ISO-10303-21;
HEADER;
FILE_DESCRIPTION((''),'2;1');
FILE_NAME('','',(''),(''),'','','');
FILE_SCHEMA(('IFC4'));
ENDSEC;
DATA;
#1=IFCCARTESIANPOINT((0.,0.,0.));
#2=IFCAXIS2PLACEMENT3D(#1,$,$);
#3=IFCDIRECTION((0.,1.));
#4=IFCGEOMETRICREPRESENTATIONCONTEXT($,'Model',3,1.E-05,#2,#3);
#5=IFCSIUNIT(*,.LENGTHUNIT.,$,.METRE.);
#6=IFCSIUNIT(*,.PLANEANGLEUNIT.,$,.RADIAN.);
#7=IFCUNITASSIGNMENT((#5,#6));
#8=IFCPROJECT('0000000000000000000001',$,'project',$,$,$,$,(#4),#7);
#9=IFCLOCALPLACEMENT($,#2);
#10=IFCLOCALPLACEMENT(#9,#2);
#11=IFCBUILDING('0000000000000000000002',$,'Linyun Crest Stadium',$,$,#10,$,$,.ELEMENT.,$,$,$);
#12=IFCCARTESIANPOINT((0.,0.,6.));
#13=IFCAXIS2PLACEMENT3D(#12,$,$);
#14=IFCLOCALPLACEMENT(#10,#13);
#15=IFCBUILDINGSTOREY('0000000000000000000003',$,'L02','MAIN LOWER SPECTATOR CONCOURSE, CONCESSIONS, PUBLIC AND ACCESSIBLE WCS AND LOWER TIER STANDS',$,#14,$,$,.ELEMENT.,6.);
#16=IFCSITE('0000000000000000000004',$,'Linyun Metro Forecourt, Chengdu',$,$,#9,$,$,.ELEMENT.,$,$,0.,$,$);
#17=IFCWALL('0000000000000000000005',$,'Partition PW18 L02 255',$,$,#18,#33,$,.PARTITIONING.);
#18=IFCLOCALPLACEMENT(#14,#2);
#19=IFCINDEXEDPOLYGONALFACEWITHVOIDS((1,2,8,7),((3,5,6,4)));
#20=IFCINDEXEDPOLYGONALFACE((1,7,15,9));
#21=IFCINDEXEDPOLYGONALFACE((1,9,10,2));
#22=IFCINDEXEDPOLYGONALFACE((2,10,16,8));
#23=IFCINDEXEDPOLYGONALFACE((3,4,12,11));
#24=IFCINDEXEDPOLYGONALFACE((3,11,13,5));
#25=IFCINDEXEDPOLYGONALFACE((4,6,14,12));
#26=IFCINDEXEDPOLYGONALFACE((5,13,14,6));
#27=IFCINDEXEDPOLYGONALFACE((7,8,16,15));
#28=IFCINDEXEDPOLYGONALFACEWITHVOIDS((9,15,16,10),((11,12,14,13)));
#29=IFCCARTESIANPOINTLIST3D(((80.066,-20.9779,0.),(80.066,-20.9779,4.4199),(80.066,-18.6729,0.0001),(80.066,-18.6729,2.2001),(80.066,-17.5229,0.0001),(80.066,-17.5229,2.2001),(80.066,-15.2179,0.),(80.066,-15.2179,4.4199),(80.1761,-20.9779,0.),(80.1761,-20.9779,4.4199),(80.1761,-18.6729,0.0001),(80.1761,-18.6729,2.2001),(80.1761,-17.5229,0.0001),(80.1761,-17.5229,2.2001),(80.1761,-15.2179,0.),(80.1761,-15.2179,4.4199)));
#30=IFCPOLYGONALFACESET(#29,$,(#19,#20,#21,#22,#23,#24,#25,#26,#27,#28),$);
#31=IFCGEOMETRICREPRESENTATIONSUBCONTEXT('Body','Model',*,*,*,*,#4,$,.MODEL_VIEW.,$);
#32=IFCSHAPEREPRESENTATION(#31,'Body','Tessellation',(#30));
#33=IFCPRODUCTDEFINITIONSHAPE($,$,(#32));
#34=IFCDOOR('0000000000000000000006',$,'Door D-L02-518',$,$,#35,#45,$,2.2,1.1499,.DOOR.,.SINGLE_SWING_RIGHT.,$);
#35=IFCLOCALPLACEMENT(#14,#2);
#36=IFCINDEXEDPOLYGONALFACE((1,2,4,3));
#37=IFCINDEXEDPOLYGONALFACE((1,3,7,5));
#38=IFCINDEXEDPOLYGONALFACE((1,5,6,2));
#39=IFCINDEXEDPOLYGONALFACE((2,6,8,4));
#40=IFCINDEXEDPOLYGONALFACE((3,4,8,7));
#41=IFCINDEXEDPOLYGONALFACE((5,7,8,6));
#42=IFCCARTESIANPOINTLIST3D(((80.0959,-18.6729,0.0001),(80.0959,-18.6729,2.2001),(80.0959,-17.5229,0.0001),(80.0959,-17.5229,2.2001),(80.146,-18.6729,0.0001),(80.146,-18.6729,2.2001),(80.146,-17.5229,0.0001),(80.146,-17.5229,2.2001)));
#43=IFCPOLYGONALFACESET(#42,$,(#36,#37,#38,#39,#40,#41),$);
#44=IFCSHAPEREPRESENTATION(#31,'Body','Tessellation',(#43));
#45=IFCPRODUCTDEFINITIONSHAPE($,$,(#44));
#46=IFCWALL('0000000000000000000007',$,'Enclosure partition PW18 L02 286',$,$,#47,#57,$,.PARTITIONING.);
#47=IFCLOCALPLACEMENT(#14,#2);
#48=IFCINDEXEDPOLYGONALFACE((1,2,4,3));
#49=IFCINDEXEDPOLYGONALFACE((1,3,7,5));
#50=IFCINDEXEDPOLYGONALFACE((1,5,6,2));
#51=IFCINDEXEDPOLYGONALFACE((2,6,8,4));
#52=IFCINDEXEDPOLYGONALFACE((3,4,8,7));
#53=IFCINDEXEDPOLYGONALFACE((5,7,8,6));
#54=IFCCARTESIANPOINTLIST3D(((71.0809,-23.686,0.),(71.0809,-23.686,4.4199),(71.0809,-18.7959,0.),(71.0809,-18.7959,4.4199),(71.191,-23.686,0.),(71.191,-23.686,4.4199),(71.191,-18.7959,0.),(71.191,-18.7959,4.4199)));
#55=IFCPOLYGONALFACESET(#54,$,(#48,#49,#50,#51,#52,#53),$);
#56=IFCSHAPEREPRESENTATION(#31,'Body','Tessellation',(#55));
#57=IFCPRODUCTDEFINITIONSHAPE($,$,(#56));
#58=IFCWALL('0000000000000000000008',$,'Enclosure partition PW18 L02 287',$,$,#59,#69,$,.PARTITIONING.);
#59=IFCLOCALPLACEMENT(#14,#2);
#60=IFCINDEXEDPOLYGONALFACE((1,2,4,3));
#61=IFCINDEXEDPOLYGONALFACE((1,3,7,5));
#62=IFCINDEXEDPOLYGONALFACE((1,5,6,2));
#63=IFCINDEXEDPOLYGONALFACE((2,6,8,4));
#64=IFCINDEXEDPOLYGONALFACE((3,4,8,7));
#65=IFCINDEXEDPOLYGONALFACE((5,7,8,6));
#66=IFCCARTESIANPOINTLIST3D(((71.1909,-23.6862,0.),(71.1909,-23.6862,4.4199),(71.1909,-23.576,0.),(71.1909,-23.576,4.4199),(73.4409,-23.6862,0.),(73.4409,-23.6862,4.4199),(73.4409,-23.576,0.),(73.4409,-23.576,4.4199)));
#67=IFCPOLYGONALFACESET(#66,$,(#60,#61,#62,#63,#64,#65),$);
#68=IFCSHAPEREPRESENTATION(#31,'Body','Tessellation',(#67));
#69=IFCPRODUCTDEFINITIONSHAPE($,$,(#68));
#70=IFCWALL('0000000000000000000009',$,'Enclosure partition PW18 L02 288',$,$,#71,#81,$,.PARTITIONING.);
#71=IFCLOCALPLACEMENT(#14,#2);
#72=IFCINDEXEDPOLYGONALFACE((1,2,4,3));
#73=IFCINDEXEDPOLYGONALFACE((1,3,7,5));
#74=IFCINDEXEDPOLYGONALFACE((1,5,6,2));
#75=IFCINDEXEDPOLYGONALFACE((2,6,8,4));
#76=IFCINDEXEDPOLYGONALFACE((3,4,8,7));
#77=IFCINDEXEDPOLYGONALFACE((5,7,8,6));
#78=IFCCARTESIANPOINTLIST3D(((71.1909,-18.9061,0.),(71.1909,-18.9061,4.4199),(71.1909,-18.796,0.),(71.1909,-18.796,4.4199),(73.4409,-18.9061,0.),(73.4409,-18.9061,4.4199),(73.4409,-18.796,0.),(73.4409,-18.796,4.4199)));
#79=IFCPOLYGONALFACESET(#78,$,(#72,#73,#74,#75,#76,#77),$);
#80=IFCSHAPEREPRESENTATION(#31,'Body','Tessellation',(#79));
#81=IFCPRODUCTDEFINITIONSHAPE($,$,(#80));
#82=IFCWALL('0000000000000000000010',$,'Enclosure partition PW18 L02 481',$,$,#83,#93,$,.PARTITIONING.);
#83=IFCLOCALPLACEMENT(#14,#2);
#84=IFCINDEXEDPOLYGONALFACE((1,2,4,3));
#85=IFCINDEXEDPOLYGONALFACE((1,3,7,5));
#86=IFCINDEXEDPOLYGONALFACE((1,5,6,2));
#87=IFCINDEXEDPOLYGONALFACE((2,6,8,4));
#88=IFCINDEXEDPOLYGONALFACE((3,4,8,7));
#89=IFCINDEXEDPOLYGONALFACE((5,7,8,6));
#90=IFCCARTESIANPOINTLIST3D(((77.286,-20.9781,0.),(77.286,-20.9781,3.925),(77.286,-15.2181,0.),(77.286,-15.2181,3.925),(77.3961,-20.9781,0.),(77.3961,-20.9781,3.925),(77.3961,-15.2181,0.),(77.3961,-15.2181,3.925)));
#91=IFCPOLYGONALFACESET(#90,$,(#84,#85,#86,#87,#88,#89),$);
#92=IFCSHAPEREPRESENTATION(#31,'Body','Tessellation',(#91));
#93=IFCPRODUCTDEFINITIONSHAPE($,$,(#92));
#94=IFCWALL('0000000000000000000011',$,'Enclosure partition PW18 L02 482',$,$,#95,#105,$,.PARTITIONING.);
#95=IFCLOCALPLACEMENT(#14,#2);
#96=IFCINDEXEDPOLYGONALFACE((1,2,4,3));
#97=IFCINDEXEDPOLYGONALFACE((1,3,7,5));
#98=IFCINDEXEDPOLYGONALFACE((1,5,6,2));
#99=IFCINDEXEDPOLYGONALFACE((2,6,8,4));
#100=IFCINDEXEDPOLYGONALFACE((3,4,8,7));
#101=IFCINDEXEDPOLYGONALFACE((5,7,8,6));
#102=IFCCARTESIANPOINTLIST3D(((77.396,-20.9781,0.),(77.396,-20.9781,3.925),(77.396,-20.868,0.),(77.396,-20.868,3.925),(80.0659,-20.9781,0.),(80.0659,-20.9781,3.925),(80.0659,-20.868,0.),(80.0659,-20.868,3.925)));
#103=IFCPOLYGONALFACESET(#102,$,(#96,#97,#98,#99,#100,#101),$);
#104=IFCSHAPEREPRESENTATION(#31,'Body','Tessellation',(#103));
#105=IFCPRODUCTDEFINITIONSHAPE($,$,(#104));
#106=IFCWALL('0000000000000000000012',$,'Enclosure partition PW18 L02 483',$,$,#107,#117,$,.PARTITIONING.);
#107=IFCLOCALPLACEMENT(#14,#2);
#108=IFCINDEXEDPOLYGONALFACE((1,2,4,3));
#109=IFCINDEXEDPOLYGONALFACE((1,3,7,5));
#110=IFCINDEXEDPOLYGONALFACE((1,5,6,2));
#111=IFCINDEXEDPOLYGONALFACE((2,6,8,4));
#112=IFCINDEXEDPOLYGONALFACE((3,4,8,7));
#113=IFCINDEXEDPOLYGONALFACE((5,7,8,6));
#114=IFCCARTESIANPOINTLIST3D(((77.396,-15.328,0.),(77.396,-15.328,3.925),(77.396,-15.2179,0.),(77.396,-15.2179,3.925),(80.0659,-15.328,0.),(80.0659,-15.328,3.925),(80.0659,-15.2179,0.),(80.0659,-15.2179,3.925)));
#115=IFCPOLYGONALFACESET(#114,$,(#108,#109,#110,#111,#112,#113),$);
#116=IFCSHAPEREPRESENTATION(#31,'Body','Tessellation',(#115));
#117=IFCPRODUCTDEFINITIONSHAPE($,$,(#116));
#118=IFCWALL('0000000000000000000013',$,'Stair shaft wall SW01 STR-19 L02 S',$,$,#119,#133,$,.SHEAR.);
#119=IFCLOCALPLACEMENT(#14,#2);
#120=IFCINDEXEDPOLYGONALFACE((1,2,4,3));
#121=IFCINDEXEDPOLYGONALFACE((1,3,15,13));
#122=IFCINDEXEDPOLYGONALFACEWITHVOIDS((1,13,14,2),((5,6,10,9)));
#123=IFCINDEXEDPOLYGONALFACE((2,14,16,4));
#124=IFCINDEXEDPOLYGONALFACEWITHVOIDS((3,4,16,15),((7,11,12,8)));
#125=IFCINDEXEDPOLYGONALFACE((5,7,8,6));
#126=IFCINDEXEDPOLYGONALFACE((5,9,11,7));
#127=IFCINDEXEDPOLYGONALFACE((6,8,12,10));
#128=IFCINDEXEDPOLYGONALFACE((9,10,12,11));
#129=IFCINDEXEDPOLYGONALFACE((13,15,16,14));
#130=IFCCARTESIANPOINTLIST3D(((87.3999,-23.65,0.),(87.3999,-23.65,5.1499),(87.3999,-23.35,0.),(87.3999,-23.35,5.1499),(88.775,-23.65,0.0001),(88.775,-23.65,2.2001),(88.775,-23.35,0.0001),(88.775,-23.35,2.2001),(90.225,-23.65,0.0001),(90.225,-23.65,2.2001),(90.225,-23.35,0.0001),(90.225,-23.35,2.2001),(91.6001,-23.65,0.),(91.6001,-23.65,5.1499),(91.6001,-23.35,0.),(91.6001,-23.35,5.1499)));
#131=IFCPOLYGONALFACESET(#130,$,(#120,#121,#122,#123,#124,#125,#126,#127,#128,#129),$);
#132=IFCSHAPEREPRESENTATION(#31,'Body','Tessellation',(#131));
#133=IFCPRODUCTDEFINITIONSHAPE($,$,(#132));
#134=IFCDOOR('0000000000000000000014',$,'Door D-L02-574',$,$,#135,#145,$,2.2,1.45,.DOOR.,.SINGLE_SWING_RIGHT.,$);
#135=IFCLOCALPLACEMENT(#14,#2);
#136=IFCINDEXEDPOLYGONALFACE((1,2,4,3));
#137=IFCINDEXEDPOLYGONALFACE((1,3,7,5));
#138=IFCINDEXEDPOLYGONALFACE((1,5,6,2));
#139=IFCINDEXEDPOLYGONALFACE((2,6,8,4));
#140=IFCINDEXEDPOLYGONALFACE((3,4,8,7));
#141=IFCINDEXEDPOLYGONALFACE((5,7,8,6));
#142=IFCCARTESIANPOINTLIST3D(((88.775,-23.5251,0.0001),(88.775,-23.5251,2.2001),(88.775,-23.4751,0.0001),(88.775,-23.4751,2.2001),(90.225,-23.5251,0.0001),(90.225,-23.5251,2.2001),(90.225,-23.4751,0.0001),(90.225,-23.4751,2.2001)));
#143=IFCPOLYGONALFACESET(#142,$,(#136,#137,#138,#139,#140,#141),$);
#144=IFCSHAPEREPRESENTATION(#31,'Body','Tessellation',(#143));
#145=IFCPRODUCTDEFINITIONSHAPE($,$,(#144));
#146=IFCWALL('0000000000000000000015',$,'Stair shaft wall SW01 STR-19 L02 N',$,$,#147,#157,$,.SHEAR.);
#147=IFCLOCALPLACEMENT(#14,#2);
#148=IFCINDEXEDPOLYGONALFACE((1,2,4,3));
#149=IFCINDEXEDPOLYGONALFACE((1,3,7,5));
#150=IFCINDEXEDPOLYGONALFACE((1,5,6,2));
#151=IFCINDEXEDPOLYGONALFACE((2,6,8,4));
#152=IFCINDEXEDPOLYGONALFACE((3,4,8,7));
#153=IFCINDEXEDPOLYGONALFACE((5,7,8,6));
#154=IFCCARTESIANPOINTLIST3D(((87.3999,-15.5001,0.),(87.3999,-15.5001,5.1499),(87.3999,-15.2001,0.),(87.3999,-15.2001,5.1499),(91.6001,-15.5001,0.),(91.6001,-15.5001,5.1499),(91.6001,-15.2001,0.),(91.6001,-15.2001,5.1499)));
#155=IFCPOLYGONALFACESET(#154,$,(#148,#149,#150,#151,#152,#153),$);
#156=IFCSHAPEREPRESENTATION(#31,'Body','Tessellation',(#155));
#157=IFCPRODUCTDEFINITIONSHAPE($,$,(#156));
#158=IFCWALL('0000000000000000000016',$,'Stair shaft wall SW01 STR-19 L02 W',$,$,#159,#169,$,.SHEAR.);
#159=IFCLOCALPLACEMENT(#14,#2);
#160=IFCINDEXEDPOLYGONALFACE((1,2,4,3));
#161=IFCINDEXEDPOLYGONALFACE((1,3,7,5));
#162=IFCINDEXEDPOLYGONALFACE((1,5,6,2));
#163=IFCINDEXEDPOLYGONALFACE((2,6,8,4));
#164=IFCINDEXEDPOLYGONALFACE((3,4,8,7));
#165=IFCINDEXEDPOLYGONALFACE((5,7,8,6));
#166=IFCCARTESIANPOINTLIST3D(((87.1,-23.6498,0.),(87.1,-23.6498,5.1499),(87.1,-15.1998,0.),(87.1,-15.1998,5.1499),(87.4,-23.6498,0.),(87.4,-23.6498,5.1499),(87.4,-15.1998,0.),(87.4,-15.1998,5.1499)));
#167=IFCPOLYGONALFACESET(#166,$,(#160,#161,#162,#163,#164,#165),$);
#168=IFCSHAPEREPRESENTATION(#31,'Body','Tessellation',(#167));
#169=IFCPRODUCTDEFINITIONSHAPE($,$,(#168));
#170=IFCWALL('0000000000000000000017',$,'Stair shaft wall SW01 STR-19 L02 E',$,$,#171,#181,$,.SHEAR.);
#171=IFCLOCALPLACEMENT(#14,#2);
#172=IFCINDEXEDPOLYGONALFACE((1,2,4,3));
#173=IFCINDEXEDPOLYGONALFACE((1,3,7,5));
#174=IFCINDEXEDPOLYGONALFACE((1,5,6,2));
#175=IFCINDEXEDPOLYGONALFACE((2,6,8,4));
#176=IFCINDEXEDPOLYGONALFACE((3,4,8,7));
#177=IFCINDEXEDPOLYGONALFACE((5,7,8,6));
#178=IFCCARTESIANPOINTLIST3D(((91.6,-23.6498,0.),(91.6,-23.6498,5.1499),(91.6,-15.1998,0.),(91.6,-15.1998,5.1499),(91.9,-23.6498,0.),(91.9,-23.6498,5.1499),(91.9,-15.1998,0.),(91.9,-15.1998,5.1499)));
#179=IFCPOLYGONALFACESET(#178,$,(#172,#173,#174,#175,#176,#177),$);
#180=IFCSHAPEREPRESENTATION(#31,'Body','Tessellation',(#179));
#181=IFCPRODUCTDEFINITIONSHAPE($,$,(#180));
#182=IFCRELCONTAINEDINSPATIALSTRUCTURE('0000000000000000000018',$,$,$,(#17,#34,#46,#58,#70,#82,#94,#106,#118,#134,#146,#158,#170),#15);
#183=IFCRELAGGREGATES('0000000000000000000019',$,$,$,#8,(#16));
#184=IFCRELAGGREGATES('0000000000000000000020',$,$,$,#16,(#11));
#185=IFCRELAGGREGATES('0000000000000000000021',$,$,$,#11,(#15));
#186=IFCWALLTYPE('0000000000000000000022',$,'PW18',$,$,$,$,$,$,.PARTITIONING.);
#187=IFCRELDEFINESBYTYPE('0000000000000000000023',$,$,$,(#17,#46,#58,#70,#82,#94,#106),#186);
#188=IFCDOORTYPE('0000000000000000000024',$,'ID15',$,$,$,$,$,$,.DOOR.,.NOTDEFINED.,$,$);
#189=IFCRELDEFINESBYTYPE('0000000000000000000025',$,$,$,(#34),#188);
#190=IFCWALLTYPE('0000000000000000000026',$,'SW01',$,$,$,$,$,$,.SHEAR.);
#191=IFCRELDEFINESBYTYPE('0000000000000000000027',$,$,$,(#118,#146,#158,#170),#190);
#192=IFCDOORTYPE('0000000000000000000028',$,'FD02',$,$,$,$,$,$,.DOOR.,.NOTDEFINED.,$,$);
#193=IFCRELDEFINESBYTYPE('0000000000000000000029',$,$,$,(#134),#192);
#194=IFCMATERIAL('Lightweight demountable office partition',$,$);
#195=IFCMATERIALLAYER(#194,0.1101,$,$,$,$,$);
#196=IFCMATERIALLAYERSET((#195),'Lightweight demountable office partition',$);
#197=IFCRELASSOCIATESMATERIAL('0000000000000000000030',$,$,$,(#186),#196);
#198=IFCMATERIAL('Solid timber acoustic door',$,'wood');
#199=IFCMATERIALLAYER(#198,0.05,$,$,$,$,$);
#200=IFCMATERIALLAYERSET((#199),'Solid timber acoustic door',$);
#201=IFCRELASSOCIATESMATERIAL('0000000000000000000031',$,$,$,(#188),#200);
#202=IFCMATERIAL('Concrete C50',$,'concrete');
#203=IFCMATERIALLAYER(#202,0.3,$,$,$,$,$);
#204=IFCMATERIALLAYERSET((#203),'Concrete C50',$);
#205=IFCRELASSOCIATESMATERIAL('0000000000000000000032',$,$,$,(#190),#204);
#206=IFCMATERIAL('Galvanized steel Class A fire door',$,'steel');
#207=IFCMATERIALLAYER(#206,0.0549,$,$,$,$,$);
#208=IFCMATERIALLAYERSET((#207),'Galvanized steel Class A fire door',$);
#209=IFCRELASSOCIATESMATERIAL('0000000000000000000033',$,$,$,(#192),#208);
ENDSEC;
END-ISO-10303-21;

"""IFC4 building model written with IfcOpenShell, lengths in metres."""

from ifc_helpers import new_model, si_unit, direction, frame, frame_2d, origin, place, context, subcontext, project, spatial, rectangle, extrude, material, layer, layer_set, type_object, element, fill, save


model = new_model("IFC4")

# Units and contexts
model_context = context("Model", 3, precision=1e-05, world=origin(), true_north=direction((0.0, 1.0)))
body_context = subcontext(model_context, "Body", "Model", "MODEL_VIEW")
ifc_project = project(units=[si_unit("LENGTHUNIT", "METRE"), si_unit("PLANEANGLEUNIT", "RADIAN")], contexts=[model_context])

# Site, building, storey
site_placement = place(None, origin())
site = spatial("IfcSite", under=ifc_project, at=site_placement, Name="Linyun Metro Forecourt, Chengdu", CompositionType="ELEMENT", RefElevation=0.0)
building_placement = place(site_placement, origin())
building = spatial("IfcBuilding", under=site, at=building_placement, Name="Linyun Crest Stadium", CompositionType="ELEMENT")
storey_placement = place(building_placement, frame((0.0, 0.0, 6.0)))
storey = spatial("IfcBuildingStorey", under=building, at=storey_placement, Name="L02", Description="MAIN LOWER SPECTATOR CONCOURSE, CONCESSIONS, PUBLIC AND ACCESSIBLE WCS AND LOWER TIER STANDS", CompositionType="ELEMENT", Elevation=6.0)

# Wall, opening, door
ifc_material_1 = material(Name="Lightweight demountable office partition")
ifc_layer_1 = layer(ifc_material_1, 0.1101)
ifc_layer_set_1 = layer_set([ifc_layer_1], Name="Lightweight demountable office partition")
wall_type_1 = type_object("IfcWallType", Name="PW18", PredefinedType="PARTITIONING", material=ifc_layer_set_1)
wall_1_placement = place(storey_placement, frame((80.1211, -15.218, 0.0), z_axis=(0.0, 0.0, 1.0), x_axis=(0.0, -1.0, 0.0)))
wall_1 = element("IfcWall", 1, at=wall_1_placement, inside=storey, type_object=wall_type_1, Name="Partition PW18 L02 255", PredefinedType="PARTITIONING", context=body_context, shape_type="SweptSolid", body=[
    extrude(rectangle(XDim=5.76, YDim=0.1101, at=frame_2d((2.8799, 0.0))), origin(), (0.0, 0.0, 1.0), 4.4199),
])
opening_1_placement = place(wall_1_placement, frame((2.3049, 0.0, 0.0)))
opening_1 = element("IfcOpeningElement", 2, at=opening_1_placement, cuts=wall_1, PredefinedType="OPENING", context=body_context, shape_type="SweptSolid", body=[
    extrude(rectangle(XDim=1.1499, YDim=2.2, at=frame_2d((0.575, 1.1001))), frame((0.0, 0.0649, 0.0), z_axis=(0.0, -1.0, 0.0), x_axis=(1.0, 0.0, 0.0)), (0.0, 0.0, 1.0), 0.1301),
])
ifc_material_2 = material(Name="Solid timber acoustic door", Category="wood")
ifc_layer_2 = layer(ifc_material_2, 0.05)
ifc_layer_set_2 = layer_set([ifc_layer_2], Name="Solid timber acoustic door")
door_type_1 = type_object("IfcDoorType", Name="ID15", OperationType="NOTDEFINED", PredefinedType="DOOR", material=ifc_layer_set_2)
door_1_placement = place(opening_1_placement, origin())
door_1 = element("IfcDoor", 3, at=door_1_placement, inside=storey, type_object=door_type_1, Name="Door D-L02-518", OperationType="SINGLE_SWING_RIGHT", OverallHeight=2.2, OverallWidth=1.1499, PredefinedType="DOOR", context=body_context, shape_type="SweptSolid", body=[
    extrude(rectangle(XDim=1.1499, YDim=2.2, at=frame_2d((0.575, 1.1001))), frame((0.0, 0.0249, 0.0), z_axis=(0.0, -1.0, 0.0), x_axis=(1.0, 0.0, 0.0)), (0.0, 0.0, 1.0), 0.05),
])
fill(opening_1, door_1)

# Walls
wall_2_placement = place(storey_placement, frame((71.136, -23.686, 0.0), z_axis=(0.0, 0.0, 1.0), x_axis=(0.0, 1.0, 0.0)))
element("IfcWall", 4, at=wall_2_placement, inside=storey, type_object=wall_type_1, Name="Enclosure partition PW18 L02 286", PredefinedType="PARTITIONING", context=body_context, shape_type="SweptSolid", body=[
    extrude(rectangle(XDim=4.8901, YDim=0.1101, at=frame_2d((2.4451, 0.0))), origin(), (0.0, 0.0, 1.0), 4.4199),
])
for number, where, z_axis, x_axis, name in (
    (5, (71.1909, -23.6311, 0.0), (0.0, 0.0, 1.0), (1.0, 0.0, 0.0), "Enclosure partition PW18 L02 287"),
    (6, (71.1909, -18.8511, 0.0), (0.0, 0.0, 1.0), (1.0, 0.0, 0.0), "Enclosure partition PW18 L02 288"),
):
    element("IfcWall", number, at=place(storey_placement, frame(where, z_axis=z_axis, x_axis=x_axis)), inside=storey, type_object=wall_type_1, Name=name, PredefinedType="PARTITIONING", context=body_context, shape_type="SweptSolid", body=[
        extrude(rectangle(XDim=2.25, YDim=0.1101, at=frame_2d((1.125, 0.0))), origin(), (0.0, 0.0, 1.0), 4.4199),
    ])
wall_3_placement = place(storey_placement, frame((77.3411, -20.978, 0.0), z_axis=(0.0, 0.0, 1.0), x_axis=(0.0, 1.0, 0.0)))
element("IfcWall", 7, at=wall_3_placement, inside=storey, type_object=wall_type_1, Name="Enclosure partition PW18 L02 481", PredefinedType="PARTITIONING", context=body_context, shape_type="SweptSolid", body=[
    extrude(rectangle(XDim=5.76, YDim=0.1101, at=frame_2d((2.8799, 0.0))), origin(), (0.0, 0.0, 1.0), 3.925),
])
for number, where, z_axis, x_axis, name in (
    (8, (77.396, -20.9231, 0.0), (0.0, 0.0, 1.0), (1.0, 0.0, 0.0), "Enclosure partition PW18 L02 482"),
    (9, (77.396, -15.2729, 0.0), (0.0, 0.0, 1.0), (1.0, 0.0, 0.0), "Enclosure partition PW18 L02 483"),
):
    element("IfcWall", number, at=place(storey_placement, frame(where, z_axis=z_axis, x_axis=x_axis)), inside=storey, type_object=wall_type_1, Name=name, PredefinedType="PARTITIONING", context=body_context, shape_type="SweptSolid", body=[
        extrude(rectangle(XDim=2.6699, YDim=0.1101, at=frame_2d((1.335, 0.0))), origin(), (0.0, 0.0, 1.0), 3.925),
    ])

# Wall, opening, door
ifc_material_3 = material(Name="Concrete C50", Category="concrete")
ifc_layer_3 = layer(ifc_material_3, 0.3)
ifc_layer_set_3 = layer_set([ifc_layer_3], Name="Concrete C50")
wall_type_2 = type_object("IfcWallType", Name="SW01", PredefinedType="SHEAR", material=ifc_layer_set_3)
wall_4_placement = place(storey_placement, frame((87.3999, -23.5, 0.0), z_axis=(0.0, 0.0, 1.0), x_axis=(1.0, 0.0, 0.0)))
wall_4 = element("IfcWall", 10, at=wall_4_placement, inside=storey, type_object=wall_type_2, Name="Stair shaft wall SW01 STR-19 L02 S", PredefinedType="SHEAR", context=body_context, shape_type="SweptSolid", body=[
    extrude(rectangle(XDim=4.2002, YDim=0.3, at=frame_2d((2.1001, 0.0))), origin(), (0.0, 0.0, 1.0), 5.1499),
])
opening_2_placement = place(wall_4_placement, frame((1.375, 0.0, 0.0)))
opening_2 = element("IfcOpeningElement", 11, at=opening_2_placement, cuts=wall_4, PredefinedType="OPENING", context=body_context, shape_type="SweptSolid", body=[
    extrude(rectangle(XDim=1.45, YDim=2.2, at=frame_2d((0.7251, 1.1001))), frame((0.0, 0.1599, 0.0), z_axis=(0.0, -1.0, 0.0), x_axis=(1.0, 0.0, 0.0)), (0.0, 0.0, 1.0), 0.3201),
])
ifc_material_4 = material(Name="Galvanized steel Class A fire door", Category="steel")
ifc_layer_4 = layer(ifc_material_4, 0.0549)
ifc_layer_set_4 = layer_set([ifc_layer_4], Name="Galvanized steel Class A fire door")
door_type_2 = type_object("IfcDoorType", Name="FD02", OperationType="NOTDEFINED", PredefinedType="DOOR", material=ifc_layer_set_4)
door_2_placement = place(opening_2_placement, origin())
door_2 = element("IfcDoor", 12, at=door_2_placement, inside=storey, type_object=door_type_2, Name="Door D-L02-574", OperationType="SINGLE_SWING_RIGHT", OverallHeight=2.2, OverallWidth=1.45, PredefinedType="DOOR", context=body_context, shape_type="SweptSolid", body=[
    extrude(rectangle(XDim=1.45, YDim=2.2, at=frame_2d((0.7251, 1.1001))), frame((0.0, 0.0249, 0.0), z_axis=(0.0, -1.0, 0.0), x_axis=(1.0, 0.0, 0.0)), (0.0, 0.0, 1.0), 0.05),
])
fill(opening_2, door_2)

# Walls
wall_5_placement = place(storey_placement, frame((87.3999, -15.3501, 0.0), z_axis=(0.0, 0.0, 1.0), x_axis=(1.0, 0.0, 0.0)))
element("IfcWall", 13, at=wall_5_placement, inside=storey, type_object=wall_type_2, Name="Stair shaft wall SW01 STR-19 L02 N", PredefinedType="SHEAR", context=body_context, shape_type="SweptSolid", body=[
    extrude(rectangle(XDim=4.2002, YDim=0.3, at=frame_2d((2.1001, 0.0))), origin(), (0.0, 0.0, 1.0), 5.1499),
])
for number, where, z_axis, x_axis, name in (
    (14, (87.25, -23.6499, 0.0), (0.0, 0.0, 1.0), (0.0, 1.0, 0.0), "Stair shaft wall SW01 STR-19 L02 W"),
    (15, (91.75, -23.6499, 0.0), (0.0, 0.0, 1.0), (0.0, 1.0, 0.0), "Stair shaft wall SW01 STR-19 L02 E"),
):
    element("IfcWall", number, at=place(storey_placement, frame(where, z_axis=z_axis, x_axis=x_axis)), inside=storey, type_object=wall_type_2, Name=name, PredefinedType="SHEAR", context=body_context, shape_type="SweptSolid", body=[
        extrude(rectangle(XDim=8.45, YDim=0.3, at=frame_2d((4.2251, 0.0))), origin(), (0.0, 0.0, 1.0), 5.1499),
    ])

save(model, "model.ifc")
